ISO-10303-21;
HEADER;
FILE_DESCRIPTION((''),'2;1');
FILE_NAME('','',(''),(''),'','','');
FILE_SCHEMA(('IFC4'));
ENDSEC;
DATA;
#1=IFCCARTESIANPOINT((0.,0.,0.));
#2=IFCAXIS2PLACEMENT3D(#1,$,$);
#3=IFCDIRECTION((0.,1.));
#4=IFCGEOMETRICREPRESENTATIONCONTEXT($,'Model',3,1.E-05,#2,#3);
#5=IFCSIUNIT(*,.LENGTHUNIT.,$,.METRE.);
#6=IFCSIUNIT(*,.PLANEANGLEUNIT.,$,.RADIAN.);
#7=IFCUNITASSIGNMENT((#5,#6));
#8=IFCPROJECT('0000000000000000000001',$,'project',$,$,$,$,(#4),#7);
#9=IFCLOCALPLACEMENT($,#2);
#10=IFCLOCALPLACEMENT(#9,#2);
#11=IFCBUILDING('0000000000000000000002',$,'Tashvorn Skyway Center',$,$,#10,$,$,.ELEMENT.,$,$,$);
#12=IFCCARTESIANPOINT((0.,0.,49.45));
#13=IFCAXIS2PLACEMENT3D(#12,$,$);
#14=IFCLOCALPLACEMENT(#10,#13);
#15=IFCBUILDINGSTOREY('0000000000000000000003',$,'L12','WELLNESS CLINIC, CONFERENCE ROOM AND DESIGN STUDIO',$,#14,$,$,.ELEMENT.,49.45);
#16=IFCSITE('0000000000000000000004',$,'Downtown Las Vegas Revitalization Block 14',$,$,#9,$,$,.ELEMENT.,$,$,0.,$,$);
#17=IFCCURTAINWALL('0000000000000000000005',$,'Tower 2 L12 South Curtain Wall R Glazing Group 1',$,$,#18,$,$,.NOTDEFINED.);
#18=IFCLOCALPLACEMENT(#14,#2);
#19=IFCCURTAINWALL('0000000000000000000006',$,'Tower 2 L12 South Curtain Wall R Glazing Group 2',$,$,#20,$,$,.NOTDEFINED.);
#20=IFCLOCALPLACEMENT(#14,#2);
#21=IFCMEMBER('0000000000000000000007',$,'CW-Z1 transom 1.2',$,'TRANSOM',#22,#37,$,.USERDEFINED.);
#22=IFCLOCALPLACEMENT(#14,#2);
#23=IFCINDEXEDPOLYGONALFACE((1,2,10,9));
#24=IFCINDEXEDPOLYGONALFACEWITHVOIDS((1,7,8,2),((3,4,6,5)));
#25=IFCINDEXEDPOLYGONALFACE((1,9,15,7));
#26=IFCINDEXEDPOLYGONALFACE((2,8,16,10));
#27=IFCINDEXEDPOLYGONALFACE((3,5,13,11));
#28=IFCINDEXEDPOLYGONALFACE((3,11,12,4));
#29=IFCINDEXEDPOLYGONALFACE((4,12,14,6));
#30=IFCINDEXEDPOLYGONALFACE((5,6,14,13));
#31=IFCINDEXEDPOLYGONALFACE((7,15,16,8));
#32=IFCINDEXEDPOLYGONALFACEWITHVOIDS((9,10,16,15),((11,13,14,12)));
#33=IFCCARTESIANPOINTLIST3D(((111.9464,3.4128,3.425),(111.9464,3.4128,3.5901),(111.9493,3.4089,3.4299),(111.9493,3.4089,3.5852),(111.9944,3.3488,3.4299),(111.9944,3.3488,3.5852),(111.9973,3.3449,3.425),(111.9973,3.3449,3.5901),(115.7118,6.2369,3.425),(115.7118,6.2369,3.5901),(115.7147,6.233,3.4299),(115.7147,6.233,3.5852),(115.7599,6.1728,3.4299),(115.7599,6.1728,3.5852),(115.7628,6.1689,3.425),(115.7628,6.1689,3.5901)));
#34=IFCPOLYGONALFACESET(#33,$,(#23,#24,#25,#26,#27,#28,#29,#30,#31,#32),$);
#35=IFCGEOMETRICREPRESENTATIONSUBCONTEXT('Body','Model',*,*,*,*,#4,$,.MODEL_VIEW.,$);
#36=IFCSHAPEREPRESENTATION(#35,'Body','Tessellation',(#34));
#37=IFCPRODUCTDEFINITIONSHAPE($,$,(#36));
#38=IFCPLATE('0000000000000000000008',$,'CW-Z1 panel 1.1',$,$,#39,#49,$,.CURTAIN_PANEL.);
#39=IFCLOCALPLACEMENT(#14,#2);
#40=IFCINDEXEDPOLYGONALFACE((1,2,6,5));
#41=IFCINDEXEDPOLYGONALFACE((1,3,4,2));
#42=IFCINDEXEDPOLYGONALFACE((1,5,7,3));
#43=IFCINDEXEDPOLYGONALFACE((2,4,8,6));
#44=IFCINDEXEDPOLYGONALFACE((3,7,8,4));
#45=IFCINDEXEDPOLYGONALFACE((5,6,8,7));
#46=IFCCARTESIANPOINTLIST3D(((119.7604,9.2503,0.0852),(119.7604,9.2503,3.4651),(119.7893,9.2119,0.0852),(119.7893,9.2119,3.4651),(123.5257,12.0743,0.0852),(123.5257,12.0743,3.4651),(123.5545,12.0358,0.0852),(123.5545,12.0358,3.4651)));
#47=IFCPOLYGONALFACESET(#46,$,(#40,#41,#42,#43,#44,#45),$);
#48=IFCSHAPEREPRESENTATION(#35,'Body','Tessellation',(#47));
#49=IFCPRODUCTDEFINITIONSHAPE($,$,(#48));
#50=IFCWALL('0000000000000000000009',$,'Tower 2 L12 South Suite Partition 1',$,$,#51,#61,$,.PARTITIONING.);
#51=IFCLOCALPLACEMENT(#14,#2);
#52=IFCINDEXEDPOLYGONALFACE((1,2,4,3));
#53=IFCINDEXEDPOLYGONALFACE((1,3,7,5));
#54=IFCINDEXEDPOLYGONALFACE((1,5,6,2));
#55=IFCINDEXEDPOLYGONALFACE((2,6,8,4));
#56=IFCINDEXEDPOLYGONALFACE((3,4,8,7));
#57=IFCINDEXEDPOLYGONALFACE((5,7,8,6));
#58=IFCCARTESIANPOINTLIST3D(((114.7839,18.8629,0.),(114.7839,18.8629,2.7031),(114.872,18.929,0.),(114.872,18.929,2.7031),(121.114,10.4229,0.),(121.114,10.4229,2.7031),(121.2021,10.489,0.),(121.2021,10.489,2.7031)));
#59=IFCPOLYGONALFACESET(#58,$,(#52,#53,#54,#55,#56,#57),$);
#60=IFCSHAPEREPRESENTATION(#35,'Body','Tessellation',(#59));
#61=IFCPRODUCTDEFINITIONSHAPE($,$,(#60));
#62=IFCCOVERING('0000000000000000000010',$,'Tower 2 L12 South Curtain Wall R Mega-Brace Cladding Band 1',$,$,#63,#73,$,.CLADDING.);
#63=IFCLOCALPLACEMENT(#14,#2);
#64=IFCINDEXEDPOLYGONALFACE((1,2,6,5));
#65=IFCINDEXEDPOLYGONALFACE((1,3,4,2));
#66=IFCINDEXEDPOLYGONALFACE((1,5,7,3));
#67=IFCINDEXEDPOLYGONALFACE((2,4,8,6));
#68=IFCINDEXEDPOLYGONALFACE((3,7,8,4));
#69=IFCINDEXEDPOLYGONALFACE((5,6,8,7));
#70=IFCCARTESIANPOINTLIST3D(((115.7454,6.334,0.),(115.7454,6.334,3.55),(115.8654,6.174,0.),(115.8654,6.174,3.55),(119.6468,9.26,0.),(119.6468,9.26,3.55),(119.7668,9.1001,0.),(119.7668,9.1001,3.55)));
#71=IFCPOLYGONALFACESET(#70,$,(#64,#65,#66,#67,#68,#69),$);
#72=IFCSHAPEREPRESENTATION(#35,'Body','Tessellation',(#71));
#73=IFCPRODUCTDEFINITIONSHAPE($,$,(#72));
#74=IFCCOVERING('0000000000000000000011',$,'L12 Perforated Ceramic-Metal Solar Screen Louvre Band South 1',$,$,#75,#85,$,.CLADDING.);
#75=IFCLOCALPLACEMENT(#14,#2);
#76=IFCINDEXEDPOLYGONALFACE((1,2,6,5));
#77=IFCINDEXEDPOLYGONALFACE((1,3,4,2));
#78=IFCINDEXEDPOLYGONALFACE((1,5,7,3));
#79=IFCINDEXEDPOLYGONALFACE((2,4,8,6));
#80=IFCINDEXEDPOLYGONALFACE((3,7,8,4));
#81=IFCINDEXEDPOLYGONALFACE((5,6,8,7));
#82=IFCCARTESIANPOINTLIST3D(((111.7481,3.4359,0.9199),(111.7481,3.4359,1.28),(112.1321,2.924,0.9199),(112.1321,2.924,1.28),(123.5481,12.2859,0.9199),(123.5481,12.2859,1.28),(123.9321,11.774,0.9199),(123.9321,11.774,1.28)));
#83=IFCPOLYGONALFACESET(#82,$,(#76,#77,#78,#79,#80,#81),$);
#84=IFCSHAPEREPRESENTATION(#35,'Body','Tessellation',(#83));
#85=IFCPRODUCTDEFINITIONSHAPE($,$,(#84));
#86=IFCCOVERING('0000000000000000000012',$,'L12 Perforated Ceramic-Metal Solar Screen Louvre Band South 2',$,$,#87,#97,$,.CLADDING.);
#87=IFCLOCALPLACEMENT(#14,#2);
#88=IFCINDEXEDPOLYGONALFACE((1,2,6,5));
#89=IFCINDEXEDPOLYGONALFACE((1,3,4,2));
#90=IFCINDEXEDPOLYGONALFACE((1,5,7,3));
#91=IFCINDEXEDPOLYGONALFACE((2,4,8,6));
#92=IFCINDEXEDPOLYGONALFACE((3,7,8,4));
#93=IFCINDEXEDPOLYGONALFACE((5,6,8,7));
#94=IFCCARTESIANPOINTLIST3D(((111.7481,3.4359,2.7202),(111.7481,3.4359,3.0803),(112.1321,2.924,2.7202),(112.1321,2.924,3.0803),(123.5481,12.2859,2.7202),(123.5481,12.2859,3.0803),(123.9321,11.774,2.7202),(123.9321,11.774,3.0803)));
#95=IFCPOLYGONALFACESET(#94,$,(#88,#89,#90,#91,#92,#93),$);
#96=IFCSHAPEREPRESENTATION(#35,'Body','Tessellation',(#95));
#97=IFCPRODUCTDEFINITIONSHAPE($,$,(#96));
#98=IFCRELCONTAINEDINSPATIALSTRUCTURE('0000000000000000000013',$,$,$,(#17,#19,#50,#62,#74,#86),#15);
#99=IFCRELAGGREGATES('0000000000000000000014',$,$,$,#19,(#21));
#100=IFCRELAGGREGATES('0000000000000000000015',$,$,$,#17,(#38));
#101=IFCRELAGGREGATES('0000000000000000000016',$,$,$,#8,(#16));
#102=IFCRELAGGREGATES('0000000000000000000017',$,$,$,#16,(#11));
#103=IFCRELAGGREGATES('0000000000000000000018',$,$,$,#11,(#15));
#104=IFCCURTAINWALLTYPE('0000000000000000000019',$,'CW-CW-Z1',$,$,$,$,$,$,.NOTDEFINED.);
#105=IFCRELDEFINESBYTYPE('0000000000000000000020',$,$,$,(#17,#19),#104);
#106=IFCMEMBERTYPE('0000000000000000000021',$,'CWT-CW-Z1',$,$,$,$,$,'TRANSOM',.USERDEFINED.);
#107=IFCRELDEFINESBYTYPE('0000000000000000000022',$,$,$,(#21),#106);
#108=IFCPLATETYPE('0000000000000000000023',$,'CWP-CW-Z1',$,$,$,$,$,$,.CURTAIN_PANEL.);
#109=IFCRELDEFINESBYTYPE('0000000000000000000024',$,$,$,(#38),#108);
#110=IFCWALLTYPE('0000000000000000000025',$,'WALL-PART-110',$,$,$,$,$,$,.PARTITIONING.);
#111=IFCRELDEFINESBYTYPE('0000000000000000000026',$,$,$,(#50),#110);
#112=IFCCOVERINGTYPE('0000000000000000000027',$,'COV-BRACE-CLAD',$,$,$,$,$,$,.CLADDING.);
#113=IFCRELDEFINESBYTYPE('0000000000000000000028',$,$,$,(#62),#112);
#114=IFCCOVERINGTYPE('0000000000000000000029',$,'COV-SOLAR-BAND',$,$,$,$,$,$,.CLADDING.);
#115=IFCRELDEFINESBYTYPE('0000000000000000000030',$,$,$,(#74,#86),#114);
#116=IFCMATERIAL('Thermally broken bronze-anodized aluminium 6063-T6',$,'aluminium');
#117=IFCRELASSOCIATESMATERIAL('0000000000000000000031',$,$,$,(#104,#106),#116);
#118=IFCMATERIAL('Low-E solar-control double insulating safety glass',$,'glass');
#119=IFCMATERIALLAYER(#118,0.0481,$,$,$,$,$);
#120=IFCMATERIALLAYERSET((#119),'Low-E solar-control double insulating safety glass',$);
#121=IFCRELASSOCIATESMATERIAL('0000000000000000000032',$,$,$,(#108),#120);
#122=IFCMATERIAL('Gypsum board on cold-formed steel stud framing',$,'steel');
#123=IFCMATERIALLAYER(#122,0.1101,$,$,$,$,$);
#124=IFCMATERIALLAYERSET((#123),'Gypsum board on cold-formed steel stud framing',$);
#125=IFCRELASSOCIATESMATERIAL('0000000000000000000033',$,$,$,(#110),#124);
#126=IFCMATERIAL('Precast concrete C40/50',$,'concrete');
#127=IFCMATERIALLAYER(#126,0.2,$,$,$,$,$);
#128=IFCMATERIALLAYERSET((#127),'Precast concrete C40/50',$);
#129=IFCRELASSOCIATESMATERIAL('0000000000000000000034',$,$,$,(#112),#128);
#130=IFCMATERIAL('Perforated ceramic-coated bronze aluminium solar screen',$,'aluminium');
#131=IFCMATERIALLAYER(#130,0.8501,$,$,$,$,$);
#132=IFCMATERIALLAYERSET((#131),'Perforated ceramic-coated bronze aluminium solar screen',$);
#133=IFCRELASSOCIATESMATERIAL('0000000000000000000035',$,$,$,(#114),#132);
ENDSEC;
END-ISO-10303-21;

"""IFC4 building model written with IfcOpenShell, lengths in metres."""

from ifc_helpers import new_model, si_unit, direction, frame, frame_2d, origin, origin_2d, place, context, subcontext, project, spatial, rectangle, hollow_rectangle, extrude, material, layer, layer_set, material_profile, profile_set, type_object, element, aggregate, save


model = new_model("IFC4")

# Units and contexts
model_context = context("Model", 3, precision=1e-05, world=origin(), true_north=direction((0.0, 1.0)))
body_context = subcontext(model_context, "Body", "Model", "MODEL_VIEW")
ifc_project = project(units=[si_unit("LENGTHUNIT", "METRE"), si_unit("PLANEANGLEUNIT", "RADIAN")], contexts=[model_context])

# Site, building, storey
site_placement = place(None, origin())
site = spatial("IfcSite", under=ifc_project, at=site_placement, Name="Downtown Las Vegas Revitalization Block 14", CompositionType="ELEMENT", RefElevation=0.0)
building_placement = place(site_placement, origin())
building = spatial("IfcBuilding", under=site, at=building_placement, Name="Tashvorn Skyway Center", CompositionType="ELEMENT")
storey_placement = place(building_placement, frame((0.0, 0.0, 49.45)))
storey = spatial("IfcBuildingStorey", under=building, at=storey_placement, Name="L12", Description="WELLNESS CLINIC, CONFERENCE ROOM AND DESIGN STUDIO", CompositionType="ELEMENT", Elevation=49.45)

# Curtain wall
ifc_material_1 = material(Name="Thermally broken bronze-anodized aluminium 6063-T6", Category="aluminium")
curtain_wall_type = type_object("IfcCurtainWallType", Name="CW-CW-Z1", PredefinedType="NOTDEFINED", material=ifc_material_1)
curtain_wall_1_placement = place(storey_placement, origin())
curtain_wall_1 = element("IfcCurtainWall", 1, at=curtain_wall_1_placement, inside=storey, type_object=curtain_wall_type, Name="Tower 2 L12 South Curtain Wall R Glazing Group 1", PredefinedType="NOTDEFINED")

# Curtain wall
curtain_wall_2_placement = place(storey_placement, origin())
curtain_wall_2 = element("IfcCurtainWall", 2, at=curtain_wall_2_placement, inside=storey, type_object=curtain_wall_type, Name="Tower 2 L12 South Curtain Wall R Glazing Group 2", PredefinedType="NOTDEFINED")

# Member
ifc_material_profile_1 = material_profile(ifc_material_1, hollow_rectangle(XDim=0.085, YDim=0.165, WallThickness=0.0049, at=origin_2d()), Name="ALU-TRAN-85x165")
ifc_profile_set_1 = profile_set([ifc_material_profile_1], Name="Thermally broken bronze-anodized aluminium 6063-T6")
member_type_1 = type_object("IfcMemberType", Name="CWT-CW-Z1", ElementType="TRANSOM", PredefinedType="USERDEFINED", material=ifc_profile_set_1)
member_1_placement = place(storey_placement, frame((115.7373, 6.2029, 3.5076), z_axis=(-0.800006, -0.599992, 0.0), x_axis=(0.599992, -0.800006, 0.0)))
member_1 = element("IfcMember", 3, at=member_1_placement, type_object=member_type_1, Name="CW-Z1 transom 1.2", ObjectType="TRANSOM", PredefinedType="USERDEFINED", context=body_context, shape_type="SweptSolid", body=[
    extrude(hollow_rectangle(XDim=0.085, YDim=0.165, WallThickness=0.0049, at=origin_2d()), origin(), (0.0, 0.0, 1.0), 4.7068),
])
aggregate(curtain_wall_2, [member_1])

# Plate
ifc_material_2 = material(Name="Low-E solar-control double insulating safety glass", Category="glass")
ifc_layer_1 = layer(ifc_material_2, 0.0481)
ifc_layer_set_1 = layer_set([ifc_layer_1], Name="Low-E solar-control double insulating safety glass")
plate_type = type_object("IfcPlateType", Name="CWP-CW-Z1", PredefinedType="CURTAIN_PANEL", material=ifc_layer_set_1)
plate_placement = place(storey_placement, frame((121.6575, 10.6431, 0.0852), z_axis=(0.0, 0.0, 1.0), x_axis=(-0.799998, -0.600003, 0.0)))
plate = element("IfcPlate", 4, at=plate_placement, type_object=plate_type, Name="CW-Z1 panel 1.1", PredefinedType="CURTAIN_PANEL", context=body_context, shape_type="SweptSolid", body=[
    extrude(rectangle(XDim=4.7065, YDim=0.0481, at=origin_2d()), origin(), (0.0, 0.0, 1.0), 3.3799),
])
aggregate(curtain_wall_1, [plate])

# Wall
ifc_material_3 = material(Name="Gypsum board on cold-formed steel stud framing", Category="steel")
ifc_layer_2 = layer(ifc_material_3, 0.1101)
ifc_layer_set_2 = layer_set([ifc_layer_2], Name="Gypsum board on cold-formed steel stud framing")
wall_type = type_object("IfcWallType", Name="WALL-PART-110", PredefinedType="PARTITIONING", material=ifc_layer_set_2)
wall_placement = place(storey_placement, frame((121.158, 10.4561, 0.0), z_axis=(0.0, 0.0, 1.0), x_axis=(-0.600007, 0.799994, 0.0)))
element("IfcWall", 5, at=wall_placement, inside=storey, type_object=wall_type, Name="Tower 2 L12 South Suite Partition 1", PredefinedType="PARTITIONING", context=body_context, shape_type="SweptSolid", body=[
    extrude(rectangle(XDim=10.55, YDim=0.1101, at=frame_2d((5.2749, 0.0))), origin(), (0.0, 0.0, 1.0), 2.7031),
])

# Coverings
ifc_material_4 = material(Name="Precast concrete C40/50", Category="concrete")
ifc_layer_3 = layer(ifc_material_4, 0.2)
ifc_layer_set_3 = layer_set([ifc_layer_3], Name="Precast concrete C40/50")
covering_type_1 = type_object("IfcCoveringType", Name="COV-BRACE-CLAD", PredefinedType="CLADDING", material=ifc_layer_set_3)
covering_placement = place(storey_placement, frame((117.7561, 7.717, 0.0), z_axis=(0.0, 0.0, 1.0), x_axis=(-0.8, -0.6, 0.0)))
element("IfcCovering", 6, at=covering_placement, inside=storey, type_object=covering_type_1, Name="Tower 2 L12 South Curtain Wall R Mega-Brace Cladding Band 1", PredefinedType="CLADDING", context=body_context, shape_type="SweptSolid", body=[
    extrude(rectangle(XDim=4.8767, YDim=0.2, at=origin_2d()), origin(), (0.0, 0.0, 1.0), 3.55),
])
ifc_material_5 = material(Name="Perforated ceramic-coated bronze aluminium solar screen", Category="aluminium")
ifc_layer_4 = layer(ifc_material_5, 0.8501)
ifc_layer_set_4 = layer_set([ifc_layer_4], Name="Perforated ceramic-coated bronze aluminium solar screen")
covering_type_2 = type_object("IfcCoveringType", Name="COV-SOLAR-BAND", PredefinedType="CLADDING", material=ifc_layer_set_4)
for number, where, z_axis, x_axis, name in (
    (7, (117.8401, 7.605, 0.9199), (0.0, 0.0, 1.0), (-0.8, -0.6, 0.0), "L12 Perforated Ceramic-Metal Solar Screen Louvre Band South 1"),
    (8, (117.8401, 7.605, 2.7202), (0.0, 0.0, 1.0), (-0.8, -0.6, 0.0), "L12 Perforated Ceramic-Metal Solar Screen Louvre Band South 2"),
):
    element("IfcCovering", number, at=place(storey_placement, frame(where, z_axis=z_axis, x_axis=x_axis)), inside=storey, type_object=covering_type_2, Name=name, PredefinedType="CLADDING", context=body_context, shape_type="SweptSolid", body=[
        extrude(rectangle(XDim=14.75, YDim=0.6399, at=origin_2d()), origin(), (0.0, 0.0, 1.0), 0.3601),
    ])

save(model, "model.ifc")
